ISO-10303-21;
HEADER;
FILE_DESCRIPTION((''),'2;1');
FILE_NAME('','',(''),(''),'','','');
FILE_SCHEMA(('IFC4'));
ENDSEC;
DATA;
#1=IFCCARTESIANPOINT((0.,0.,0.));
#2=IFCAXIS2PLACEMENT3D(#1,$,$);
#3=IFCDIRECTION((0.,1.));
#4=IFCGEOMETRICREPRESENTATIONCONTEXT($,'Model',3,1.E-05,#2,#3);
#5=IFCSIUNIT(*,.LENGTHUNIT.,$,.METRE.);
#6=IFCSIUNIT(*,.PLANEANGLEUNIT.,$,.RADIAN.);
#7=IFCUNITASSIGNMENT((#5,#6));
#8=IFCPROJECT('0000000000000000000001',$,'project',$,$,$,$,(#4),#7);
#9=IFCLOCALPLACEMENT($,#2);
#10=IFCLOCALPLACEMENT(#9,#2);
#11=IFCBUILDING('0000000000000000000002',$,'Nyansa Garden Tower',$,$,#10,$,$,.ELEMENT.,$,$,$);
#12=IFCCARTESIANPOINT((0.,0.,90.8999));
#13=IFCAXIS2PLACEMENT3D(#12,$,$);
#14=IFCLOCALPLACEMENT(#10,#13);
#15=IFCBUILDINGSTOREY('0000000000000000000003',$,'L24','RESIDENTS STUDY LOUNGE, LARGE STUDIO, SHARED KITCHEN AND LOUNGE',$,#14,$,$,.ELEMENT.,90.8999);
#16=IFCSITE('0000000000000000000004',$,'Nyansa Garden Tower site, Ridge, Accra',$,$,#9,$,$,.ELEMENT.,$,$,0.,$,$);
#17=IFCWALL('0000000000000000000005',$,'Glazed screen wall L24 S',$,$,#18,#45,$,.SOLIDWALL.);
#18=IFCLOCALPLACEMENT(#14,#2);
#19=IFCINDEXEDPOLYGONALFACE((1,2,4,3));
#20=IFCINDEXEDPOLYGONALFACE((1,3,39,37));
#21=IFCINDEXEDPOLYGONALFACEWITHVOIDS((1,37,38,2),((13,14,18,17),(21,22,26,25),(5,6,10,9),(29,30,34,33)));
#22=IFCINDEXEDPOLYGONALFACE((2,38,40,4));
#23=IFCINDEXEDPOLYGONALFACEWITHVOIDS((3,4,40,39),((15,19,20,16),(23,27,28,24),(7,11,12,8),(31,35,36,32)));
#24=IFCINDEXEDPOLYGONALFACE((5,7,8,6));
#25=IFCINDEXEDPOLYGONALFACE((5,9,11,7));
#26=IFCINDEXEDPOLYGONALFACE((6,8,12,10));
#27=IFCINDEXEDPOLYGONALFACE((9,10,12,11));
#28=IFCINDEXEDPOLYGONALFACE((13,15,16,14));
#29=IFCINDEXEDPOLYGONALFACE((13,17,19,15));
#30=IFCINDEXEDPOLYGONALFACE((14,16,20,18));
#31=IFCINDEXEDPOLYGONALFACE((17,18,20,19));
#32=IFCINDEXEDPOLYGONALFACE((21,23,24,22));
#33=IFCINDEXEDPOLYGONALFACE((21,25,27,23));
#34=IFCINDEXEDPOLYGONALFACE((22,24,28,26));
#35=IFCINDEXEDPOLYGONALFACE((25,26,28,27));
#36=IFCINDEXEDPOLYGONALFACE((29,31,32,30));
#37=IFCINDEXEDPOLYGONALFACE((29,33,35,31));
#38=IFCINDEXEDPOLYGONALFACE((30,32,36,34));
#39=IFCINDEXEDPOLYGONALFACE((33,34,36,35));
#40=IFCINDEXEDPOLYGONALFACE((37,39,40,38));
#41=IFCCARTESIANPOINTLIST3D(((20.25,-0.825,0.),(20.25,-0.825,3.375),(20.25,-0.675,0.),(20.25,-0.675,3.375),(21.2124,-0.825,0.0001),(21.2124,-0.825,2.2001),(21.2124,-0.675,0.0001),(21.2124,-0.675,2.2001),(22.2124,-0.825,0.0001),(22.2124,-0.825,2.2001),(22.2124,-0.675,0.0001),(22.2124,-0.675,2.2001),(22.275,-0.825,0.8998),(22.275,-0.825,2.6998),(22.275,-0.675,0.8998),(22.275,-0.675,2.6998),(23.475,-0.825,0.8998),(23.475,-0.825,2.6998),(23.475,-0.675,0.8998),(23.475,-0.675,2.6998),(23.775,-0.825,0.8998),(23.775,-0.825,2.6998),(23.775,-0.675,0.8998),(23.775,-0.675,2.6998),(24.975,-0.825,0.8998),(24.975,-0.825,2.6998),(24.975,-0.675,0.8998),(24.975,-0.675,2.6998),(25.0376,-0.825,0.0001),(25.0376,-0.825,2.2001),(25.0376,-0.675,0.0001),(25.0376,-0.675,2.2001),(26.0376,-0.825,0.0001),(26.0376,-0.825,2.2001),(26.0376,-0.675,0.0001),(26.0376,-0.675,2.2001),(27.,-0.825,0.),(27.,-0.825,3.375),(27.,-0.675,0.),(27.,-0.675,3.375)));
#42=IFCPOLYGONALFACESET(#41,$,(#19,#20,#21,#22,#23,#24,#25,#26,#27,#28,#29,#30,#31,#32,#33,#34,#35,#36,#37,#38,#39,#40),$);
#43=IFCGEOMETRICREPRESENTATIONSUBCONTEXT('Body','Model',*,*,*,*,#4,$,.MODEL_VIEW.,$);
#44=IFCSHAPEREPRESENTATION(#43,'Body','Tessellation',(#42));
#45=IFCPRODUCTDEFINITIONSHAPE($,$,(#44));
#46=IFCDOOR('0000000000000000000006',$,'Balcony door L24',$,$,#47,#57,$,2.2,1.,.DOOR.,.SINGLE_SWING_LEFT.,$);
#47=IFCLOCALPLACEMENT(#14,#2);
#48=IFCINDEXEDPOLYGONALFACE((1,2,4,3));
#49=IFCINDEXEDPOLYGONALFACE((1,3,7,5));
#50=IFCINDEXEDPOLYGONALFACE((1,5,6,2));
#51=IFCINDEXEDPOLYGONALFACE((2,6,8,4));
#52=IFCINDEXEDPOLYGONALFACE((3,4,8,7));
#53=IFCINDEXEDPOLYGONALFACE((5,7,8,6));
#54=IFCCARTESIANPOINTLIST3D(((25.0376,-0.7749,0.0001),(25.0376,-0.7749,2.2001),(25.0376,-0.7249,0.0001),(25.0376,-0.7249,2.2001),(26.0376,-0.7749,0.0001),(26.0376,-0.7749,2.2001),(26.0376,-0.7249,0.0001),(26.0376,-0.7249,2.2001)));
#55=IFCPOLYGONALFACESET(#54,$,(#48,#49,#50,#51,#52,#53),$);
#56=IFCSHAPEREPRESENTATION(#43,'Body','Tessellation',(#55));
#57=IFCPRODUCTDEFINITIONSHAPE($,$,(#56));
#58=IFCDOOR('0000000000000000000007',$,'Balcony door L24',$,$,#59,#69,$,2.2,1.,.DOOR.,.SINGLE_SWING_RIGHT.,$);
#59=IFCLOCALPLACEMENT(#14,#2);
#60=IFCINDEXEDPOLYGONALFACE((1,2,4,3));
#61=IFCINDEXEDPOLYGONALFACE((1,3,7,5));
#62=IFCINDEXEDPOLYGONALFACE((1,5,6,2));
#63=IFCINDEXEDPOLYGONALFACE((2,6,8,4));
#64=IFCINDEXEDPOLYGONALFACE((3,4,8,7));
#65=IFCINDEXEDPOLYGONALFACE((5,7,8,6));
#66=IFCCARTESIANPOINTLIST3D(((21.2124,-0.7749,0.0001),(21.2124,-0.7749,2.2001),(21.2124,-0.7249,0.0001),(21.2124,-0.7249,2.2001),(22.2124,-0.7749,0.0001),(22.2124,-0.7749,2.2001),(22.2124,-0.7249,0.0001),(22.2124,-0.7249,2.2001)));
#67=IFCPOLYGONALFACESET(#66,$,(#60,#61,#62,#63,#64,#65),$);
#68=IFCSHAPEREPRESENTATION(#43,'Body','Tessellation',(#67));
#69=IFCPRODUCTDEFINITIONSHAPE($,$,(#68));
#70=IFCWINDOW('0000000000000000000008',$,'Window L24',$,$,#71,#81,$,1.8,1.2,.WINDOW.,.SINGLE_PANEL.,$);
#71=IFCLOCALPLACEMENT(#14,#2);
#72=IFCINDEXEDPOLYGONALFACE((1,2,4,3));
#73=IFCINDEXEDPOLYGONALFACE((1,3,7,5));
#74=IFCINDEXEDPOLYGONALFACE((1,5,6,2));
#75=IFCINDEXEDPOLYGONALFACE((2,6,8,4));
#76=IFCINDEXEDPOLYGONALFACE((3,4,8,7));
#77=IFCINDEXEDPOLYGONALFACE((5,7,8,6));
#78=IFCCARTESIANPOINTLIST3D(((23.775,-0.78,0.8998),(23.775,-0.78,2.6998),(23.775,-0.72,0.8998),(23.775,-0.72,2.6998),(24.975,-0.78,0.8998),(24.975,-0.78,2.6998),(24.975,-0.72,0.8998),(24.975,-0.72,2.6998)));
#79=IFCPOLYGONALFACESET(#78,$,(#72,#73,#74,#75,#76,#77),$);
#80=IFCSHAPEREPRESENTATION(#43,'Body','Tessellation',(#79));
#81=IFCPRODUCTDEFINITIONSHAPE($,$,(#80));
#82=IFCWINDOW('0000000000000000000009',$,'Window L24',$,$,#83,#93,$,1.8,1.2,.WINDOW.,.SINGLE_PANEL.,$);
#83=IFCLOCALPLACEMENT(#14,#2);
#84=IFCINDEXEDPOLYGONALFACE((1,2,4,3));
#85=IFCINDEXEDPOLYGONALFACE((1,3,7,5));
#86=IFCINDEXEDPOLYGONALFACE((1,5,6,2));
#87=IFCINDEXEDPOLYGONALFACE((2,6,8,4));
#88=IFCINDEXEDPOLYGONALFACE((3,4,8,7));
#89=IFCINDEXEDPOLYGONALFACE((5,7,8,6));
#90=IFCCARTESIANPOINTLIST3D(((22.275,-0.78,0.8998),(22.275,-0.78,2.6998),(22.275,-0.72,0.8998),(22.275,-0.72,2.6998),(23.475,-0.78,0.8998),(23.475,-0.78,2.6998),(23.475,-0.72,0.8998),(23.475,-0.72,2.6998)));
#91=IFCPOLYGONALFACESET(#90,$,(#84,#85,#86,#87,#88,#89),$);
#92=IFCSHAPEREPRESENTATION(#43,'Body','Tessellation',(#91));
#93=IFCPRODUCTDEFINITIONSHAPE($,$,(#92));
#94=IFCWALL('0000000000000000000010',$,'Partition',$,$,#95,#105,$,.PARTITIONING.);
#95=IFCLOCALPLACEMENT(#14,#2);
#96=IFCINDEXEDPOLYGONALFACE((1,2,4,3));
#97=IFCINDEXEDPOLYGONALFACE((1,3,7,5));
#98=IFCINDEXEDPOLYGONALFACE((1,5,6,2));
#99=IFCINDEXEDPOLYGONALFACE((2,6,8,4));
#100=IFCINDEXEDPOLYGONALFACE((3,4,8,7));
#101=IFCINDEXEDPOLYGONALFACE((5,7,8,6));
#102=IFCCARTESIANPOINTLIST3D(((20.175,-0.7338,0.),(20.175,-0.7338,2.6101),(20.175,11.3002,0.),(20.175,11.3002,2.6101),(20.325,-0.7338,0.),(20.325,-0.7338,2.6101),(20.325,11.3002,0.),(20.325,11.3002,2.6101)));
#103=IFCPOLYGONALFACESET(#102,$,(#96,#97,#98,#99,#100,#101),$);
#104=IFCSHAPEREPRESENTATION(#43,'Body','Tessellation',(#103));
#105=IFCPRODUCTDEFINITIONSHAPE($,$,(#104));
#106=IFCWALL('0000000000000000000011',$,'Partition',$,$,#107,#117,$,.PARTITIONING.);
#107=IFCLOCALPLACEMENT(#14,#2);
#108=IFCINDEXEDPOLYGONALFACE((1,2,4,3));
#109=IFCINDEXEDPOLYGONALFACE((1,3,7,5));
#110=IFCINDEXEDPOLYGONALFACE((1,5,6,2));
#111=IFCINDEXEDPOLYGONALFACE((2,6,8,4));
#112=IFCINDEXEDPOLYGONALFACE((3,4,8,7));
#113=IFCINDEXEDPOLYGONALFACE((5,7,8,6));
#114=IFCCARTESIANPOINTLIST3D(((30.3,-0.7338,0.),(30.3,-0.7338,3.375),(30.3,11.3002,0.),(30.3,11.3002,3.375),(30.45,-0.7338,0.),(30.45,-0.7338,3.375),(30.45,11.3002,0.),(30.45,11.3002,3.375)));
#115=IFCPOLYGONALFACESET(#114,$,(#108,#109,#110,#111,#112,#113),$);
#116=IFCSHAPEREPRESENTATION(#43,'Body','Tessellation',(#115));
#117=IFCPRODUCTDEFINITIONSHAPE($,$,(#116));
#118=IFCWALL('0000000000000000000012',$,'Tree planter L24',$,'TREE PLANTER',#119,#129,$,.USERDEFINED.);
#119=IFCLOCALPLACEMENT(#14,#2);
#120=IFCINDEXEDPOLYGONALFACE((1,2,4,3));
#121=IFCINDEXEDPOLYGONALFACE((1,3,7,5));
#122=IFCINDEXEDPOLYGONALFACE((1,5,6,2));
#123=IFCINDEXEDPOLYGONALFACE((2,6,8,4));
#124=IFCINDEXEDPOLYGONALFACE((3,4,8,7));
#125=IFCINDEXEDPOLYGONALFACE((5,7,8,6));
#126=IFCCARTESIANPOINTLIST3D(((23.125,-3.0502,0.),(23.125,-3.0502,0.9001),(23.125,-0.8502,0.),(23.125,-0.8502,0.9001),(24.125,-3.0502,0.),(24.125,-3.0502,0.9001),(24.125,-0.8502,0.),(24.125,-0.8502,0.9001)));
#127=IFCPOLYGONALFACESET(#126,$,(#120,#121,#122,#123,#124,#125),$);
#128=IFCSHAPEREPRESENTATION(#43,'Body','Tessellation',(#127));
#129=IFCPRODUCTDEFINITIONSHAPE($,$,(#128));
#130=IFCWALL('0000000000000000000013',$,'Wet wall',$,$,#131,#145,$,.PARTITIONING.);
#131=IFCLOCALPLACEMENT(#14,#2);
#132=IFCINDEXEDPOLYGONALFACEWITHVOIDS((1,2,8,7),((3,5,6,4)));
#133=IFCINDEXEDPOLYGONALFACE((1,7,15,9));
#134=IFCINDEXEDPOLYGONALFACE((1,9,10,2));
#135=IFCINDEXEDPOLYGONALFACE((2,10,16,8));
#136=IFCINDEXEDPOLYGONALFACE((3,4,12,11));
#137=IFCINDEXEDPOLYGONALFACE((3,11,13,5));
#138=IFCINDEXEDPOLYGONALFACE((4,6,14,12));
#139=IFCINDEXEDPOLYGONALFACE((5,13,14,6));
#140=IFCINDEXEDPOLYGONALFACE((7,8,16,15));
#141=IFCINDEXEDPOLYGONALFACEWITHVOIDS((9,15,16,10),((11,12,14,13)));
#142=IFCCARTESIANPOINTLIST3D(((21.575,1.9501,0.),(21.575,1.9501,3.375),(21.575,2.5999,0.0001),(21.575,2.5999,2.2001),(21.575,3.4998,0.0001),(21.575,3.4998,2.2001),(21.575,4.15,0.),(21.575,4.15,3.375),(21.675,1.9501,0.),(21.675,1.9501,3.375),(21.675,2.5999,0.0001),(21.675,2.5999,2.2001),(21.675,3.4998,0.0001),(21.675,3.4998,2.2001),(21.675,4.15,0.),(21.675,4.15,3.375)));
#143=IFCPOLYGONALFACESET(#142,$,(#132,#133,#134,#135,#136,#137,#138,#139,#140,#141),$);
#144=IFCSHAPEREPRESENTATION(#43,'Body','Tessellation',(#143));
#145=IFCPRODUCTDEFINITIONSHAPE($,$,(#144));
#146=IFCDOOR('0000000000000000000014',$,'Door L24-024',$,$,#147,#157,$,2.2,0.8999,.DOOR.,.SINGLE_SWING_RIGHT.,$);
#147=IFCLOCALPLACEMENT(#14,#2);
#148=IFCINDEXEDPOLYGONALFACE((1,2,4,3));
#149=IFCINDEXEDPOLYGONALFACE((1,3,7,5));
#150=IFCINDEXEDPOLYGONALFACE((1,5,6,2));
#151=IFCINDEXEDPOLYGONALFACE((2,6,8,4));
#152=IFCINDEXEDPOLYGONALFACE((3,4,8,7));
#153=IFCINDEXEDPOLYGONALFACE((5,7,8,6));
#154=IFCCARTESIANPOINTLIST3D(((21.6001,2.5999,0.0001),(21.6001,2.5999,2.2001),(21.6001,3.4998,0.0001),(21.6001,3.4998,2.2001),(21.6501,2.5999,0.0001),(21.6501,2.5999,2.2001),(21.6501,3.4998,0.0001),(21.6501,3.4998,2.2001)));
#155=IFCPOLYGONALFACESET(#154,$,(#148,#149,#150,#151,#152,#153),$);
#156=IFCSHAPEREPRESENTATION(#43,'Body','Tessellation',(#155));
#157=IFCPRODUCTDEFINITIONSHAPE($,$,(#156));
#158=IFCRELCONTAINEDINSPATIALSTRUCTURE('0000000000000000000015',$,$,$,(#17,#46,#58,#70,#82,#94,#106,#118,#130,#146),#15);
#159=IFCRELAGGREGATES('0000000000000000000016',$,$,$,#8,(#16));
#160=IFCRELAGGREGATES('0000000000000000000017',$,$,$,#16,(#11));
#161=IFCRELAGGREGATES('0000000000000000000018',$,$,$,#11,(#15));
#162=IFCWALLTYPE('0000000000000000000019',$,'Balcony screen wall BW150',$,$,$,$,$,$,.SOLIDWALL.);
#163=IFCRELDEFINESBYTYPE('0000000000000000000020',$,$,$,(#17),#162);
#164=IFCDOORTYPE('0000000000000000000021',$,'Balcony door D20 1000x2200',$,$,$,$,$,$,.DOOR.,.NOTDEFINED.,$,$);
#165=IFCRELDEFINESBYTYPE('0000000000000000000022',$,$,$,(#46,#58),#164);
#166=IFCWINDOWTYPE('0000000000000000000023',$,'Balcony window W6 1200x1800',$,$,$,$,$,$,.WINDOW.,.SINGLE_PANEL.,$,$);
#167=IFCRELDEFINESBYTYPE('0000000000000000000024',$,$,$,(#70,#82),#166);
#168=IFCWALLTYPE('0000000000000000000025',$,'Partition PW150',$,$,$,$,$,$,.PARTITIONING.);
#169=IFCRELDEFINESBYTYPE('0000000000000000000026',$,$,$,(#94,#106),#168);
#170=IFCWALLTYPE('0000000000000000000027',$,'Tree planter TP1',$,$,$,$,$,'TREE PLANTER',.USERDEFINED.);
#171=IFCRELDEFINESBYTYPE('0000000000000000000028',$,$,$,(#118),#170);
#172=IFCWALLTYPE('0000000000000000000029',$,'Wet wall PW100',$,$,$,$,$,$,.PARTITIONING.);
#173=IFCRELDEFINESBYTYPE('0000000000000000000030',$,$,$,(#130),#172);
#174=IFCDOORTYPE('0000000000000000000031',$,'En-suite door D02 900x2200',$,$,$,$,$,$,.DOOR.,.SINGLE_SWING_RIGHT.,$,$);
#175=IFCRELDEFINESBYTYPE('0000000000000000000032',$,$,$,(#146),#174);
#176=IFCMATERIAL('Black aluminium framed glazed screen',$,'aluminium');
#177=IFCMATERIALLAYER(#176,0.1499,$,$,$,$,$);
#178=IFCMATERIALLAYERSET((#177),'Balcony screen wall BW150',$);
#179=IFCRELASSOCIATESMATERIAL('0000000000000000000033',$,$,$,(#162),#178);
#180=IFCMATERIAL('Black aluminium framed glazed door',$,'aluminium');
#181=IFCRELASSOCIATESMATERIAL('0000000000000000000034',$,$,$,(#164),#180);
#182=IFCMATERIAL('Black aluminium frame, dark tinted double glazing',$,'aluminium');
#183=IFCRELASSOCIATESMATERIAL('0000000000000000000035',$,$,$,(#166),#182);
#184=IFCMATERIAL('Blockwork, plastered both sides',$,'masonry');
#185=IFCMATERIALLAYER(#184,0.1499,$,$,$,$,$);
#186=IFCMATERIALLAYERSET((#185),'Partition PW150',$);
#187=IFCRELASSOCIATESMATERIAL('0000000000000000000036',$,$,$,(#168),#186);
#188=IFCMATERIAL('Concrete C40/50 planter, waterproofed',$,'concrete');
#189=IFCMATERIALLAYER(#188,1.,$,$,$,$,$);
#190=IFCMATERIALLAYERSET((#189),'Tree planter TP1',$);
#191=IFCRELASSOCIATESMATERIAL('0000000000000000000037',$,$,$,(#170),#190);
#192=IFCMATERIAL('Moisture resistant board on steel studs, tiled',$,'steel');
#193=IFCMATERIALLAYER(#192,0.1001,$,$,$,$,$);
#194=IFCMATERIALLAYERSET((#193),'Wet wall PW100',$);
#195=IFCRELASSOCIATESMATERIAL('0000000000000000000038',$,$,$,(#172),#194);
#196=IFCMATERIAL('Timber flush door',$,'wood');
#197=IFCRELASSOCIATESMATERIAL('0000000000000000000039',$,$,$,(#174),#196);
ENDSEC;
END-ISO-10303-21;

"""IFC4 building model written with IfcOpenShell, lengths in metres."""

from ifc_helpers import new_model, si_unit, direction, frame, frame_2d, origin, place, context, subcontext, project, spatial, rectangle, extrude, material, layer, layer_set, type_object, element, fill, save


model = new_model("IFC4")

# Units and contexts
model_context = context("Model", 3, precision=1e-05, world=origin(), true_north=direction((0.0, 1.0)))
body_context = subcontext(model_context, "Body", "Model", "MODEL_VIEW")
ifc_project = project(units=[si_unit("LENGTHUNIT", "METRE"), si_unit("PLANEANGLEUNIT", "RADIAN")], contexts=[model_context])

# Site, building, storey
site_placement = place(None, origin())
site = spatial("IfcSite", under=ifc_project, at=site_placement, Name="Nyansa Garden Tower site, Ridge, Accra", CompositionType="ELEMENT", RefElevation=0.0)
building_placement = place(site_placement, origin())
building = spatial("IfcBuilding", under=site, at=building_placement, Name="Nyansa Garden Tower", CompositionType="ELEMENT")
storey_placement = place(building_placement, frame((0.0, 0.0, 90.8999)))
storey = spatial("IfcBuildingStorey", under=building, at=storey_placement, Name="L24", Description="RESIDENTS STUDY LOUNGE, LARGE STUDIO, SHARED KITCHEN AND LOUNGE", CompositionType="ELEMENT", Elevation=90.8999)

# Wall, openings, doors, windows
ifc_material_1 = material(Name="Black aluminium framed glazed screen", Category="aluminium")
ifc_layer_1 = layer(ifc_material_1, 0.1499)
ifc_layer_set_1 = layer_set([ifc_layer_1], Name="Balcony screen wall BW150")
wall_type_1 = type_object("IfcWallType", Name="Balcony screen wall BW150", PredefinedType="SOLIDWALL", material=ifc_layer_set_1)
wall_1_placement = place(storey_placement, frame((27.0, -0.75, 0.0), z_axis=(0.0, 0.0, 1.0), x_axis=(-1.0, 0.0, 0.0)))
wall_1 = element("IfcWall", 1, at=wall_1_placement, inside=storey, type_object=wall_type_1, Name="Glazed screen wall L24 S", PredefinedType="SOLIDWALL", context=body_context, shape_type="SweptSolid", body=[
    extrude(rectangle(XDim=6.75, YDim=0.1499, at=frame_2d((3.375, 0.0))), origin(), (0.0, 0.0, 1.0), 3.375),
])
opening_1_placement = place(wall_1_placement, frame((0.9624, 0.0, 0.0)))
opening_1 = element("IfcOpeningElement", 2, at=opening_1_placement, cuts=wall_1, PredefinedType="OPENING", context=body_context, shape_type="SweptSolid", body=[
    extrude(rectangle(XDim=1.0, YDim=2.2, at=frame_2d((0.5, 1.1001))), frame((0.0, 0.085, 0.0), z_axis=(0.0, -1.0, 0.0), x_axis=(1.0, 0.0, 0.0)), (0.0, 0.0, 1.0), 0.1699),
])
opening_2_placement = place(wall_1_placement, frame((2.0249, 0.0, 0.8999)))
opening_2 = element("IfcOpeningElement", 3, at=opening_2_placement, cuts=wall_1, PredefinedType="OPENING", context=body_context, shape_type="SweptSolid", body=[
    extrude(rectangle(XDim=1.2, YDim=1.8, at=frame_2d((0.6001, 0.8999))), frame((0.0, 0.085, 0.0), z_axis=(0.0, -1.0, 0.0), x_axis=(1.0, 0.0, 0.0)), (0.0, 0.0, 1.0), 0.1699),
])
opening_3_placement = place(wall_1_placement, frame((4.7876, 0.0, 0.0)))
opening_3 = element("IfcOpeningElement", 4, at=opening_3_placement, cuts=wall_1, PredefinedType="OPENING", context=body_context, shape_type="SweptSolid", body=[
    extrude(rectangle(XDim=1.0, YDim=2.2, at=frame_2d((0.5, 1.1001))), frame((0.0, 0.085, 0.0), z_axis=(0.0, -1.0, 0.0), x_axis=(1.0, 0.0, 0.0)), (0.0, 0.0, 1.0), 0.1699),
])
opening_4_placement = place(wall_1_placement, frame((3.5249, 0.0, 0.8999)))
opening_4 = element("IfcOpeningElement", 5, at=opening_4_placement, cuts=wall_1, PredefinedType="OPENING", context=body_context, shape_type="SweptSolid", body=[
    extrude(rectangle(XDim=1.2, YDim=1.8, at=frame_2d((0.6001, 0.8999))), frame((0.0, 0.085, 0.0), z_axis=(0.0, -1.0, 0.0), x_axis=(1.0, 0.0, 0.0)), (0.0, 0.0, 1.0), 0.1699),
])
ifc_material_2 = material(Name="Black aluminium framed glazed door", Category="aluminium")
door_type_1 = type_object("IfcDoorType", Name="Balcony door D20 1000x2200", OperationType="NOTDEFINED", PredefinedType="DOOR", material=ifc_material_2)
door_1_placement = place(opening_1_placement, origin())
door_1 = element("IfcDoor", 6, at=door_1_placement, inside=storey, type_object=door_type_1, Name="Balcony door L24", OperationType="SINGLE_SWING_LEFT", OverallHeight=2.2, OverallWidth=1.0, PredefinedType="DOOR", context=body_context, shape_type="SweptSolid", body=[
    extrude(rectangle(XDim=1.0, YDim=2.2, at=frame_2d((0.5, 1.1001))), frame((0.0, 0.0249, 0.0), z_axis=(0.0, -1.0, 0.0), x_axis=(1.0, 0.0, 0.0)), (0.0, 0.0, 1.0), 0.05),
])
fill(opening_1, door_1)
door_2_placement = place(opening_3_placement, origin())
door_2 = element("IfcDoor", 7, at=door_2_placement, inside=storey, type_object=door_type_1, Name="Balcony door L24", OperationType="SINGLE_SWING_RIGHT", OverallHeight=2.2, OverallWidth=1.0, PredefinedType="DOOR", context=body_context, shape_type="SweptSolid", body=[
    extrude(rectangle(XDim=1.0, YDim=2.2, at=frame_2d((0.5, 1.1001))), frame((0.0, 0.0249, 0.0), z_axis=(0.0, -1.0, 0.0), x_axis=(1.0, 0.0, 0.0)), (0.0, 0.0, 1.0), 0.05),
])
fill(opening_3, door_2)
ifc_material_3 = material(Name="Black aluminium frame, dark tinted double glazing", Category="aluminium")
window_type = type_object("IfcWindowType", Name="Balcony window W6 1200x1800", PartitioningType="SINGLE_PANEL", PredefinedType="WINDOW", material=ifc_material_3)
window_1_placement = place(opening_2_placement, origin())
window_1 = element("IfcWindow", 8, at=window_1_placement, inside=storey, type_object=window_type, Name="Window L24", OverallHeight=1.8, OverallWidth=1.2, PartitioningType="SINGLE_PANEL", PredefinedType="WINDOW", context=body_context, shape_type="SweptSolid", body=[
    extrude(rectangle(XDim=1.2, YDim=1.8, at=frame_2d((0.6001, 0.8999))), frame((0.0, 0.03, 0.0), z_axis=(0.0, -1.0, 0.0), x_axis=(1.0, 0.0, 0.0)), (0.0, 0.0, 1.0), 0.0601),
])
fill(opening_2, window_1)
window_2_placement = place(opening_4_placement, origin())
window_2 = element("IfcWindow", 9, at=window_2_placement, inside=storey, type_object=window_type, Name="Window L24", OverallHeight=1.8, OverallWidth=1.2, PartitioningType="SINGLE_PANEL", PredefinedType="WINDOW", context=body_context, shape_type="SweptSolid", body=[
    extrude(rectangle(XDim=1.2, YDim=1.8, at=frame_2d((0.6001, 0.8999))), frame((0.0, 0.03, 0.0), z_axis=(0.0, -1.0, 0.0), x_axis=(1.0, 0.0, 0.0)), (0.0, 0.0, 1.0), 0.0601),
])
fill(opening_4, window_2)

# Walls
ifc_material_4 = material(Name="Blockwork, plastered both sides", Category="masonry")
ifc_layer_2 = layer(ifc_material_4, 0.1499)
ifc_layer_set_2 = layer_set([ifc_layer_2], Name="Partition PW150")
wall_type_2 = type_object("IfcWallType", Name="Partition PW150", PredefinedType="PARTITIONING", material=ifc_layer_set_2)
wall_2_placement = place(storey_placement, frame((20.25, -0.7339, 0.0), z_axis=(0.0, 0.0, 1.0), x_axis=(0.0, 1.0, 0.0)))
element("IfcWall", 10, at=wall_2_placement, inside=storey, type_object=wall_type_2, Name="Partition", PredefinedType="PARTITIONING", context=body_context, shape_type="SweptSolid", body=[
    extrude(rectangle(XDim=12.0339, YDim=0.1499, at=frame_2d((6.0171, 0.0))), origin(), (0.0, 0.0, 1.0), 2.6101),
])
wall_3_placement = place(storey_placement, frame((30.375, -0.7339, 0.0), z_axis=(0.0, 0.0, 1.0), x_axis=(0.0, 1.0, 0.0)))
element("IfcWall", 11, at=wall_3_placement, inside=storey, type_object=wall_type_2, Name="Partition", PredefinedType="PARTITIONING", context=body_context, shape_type="SweptSolid", body=[
    extrude(rectangle(XDim=12.0339, YDim=0.1499, at=frame_2d((6.0171, 0.0))), origin(), (0.0, 0.0, 1.0), 3.375),
])
ifc_material_5 = material(Name="Concrete C40/50 planter, waterproofed", Category="concrete")
ifc_layer_3 = layer(ifc_material_5, 1.0)
ifc_layer_set_3 = layer_set([ifc_layer_3], Name="Tree planter TP1")
wall_type_3 = type_object("IfcWallType", Name="Tree planter TP1", ElementType="TREE PLANTER", PredefinedType="USERDEFINED", material=ifc_layer_set_3)
wall_4_placement = place(storey_placement, frame((23.625, -0.8501, 0.0), z_axis=(0.0, 0.0, 1.0), x_axis=(0.0, -1.0, 0.0)))
element("IfcWall", 12, at=wall_4_placement, inside=storey, type_object=wall_type_3, Name="Tree planter L24", ObjectType="TREE PLANTER", PredefinedType="USERDEFINED", context=body_context, shape_type="SweptSolid", body=[
    extrude(rectangle(XDim=2.2, YDim=1.0, at=frame_2d((1.1001, 0.0))), origin(), (0.0, 0.0, 1.0), 0.9001),
])

# Wall, opening, door
ifc_material_6 = material(Name="Moisture resistant board on steel studs, tiled", Category="steel")
ifc_layer_4 = layer(ifc_material_6, 0.1001)
ifc_layer_set_4 = layer_set([ifc_layer_4], Name="Wet wall PW100")
wall_type_4 = type_object("IfcWallType", Name="Wet wall PW100", PredefinedType="PARTITIONING", material=ifc_layer_set_4)
wall_5_placement = place(storey_placement, frame((21.625, 1.95, 0.0), z_axis=(0.0, 0.0, 1.0), x_axis=(0.0, 1.0, 0.0)))
wall_5 = element("IfcWall", 13, at=wall_5_placement, inside=storey, type_object=wall_type_4, Name="Wet wall", PredefinedType="PARTITIONING", context=body_context, shape_type="SweptSolid", body=[
    extrude(rectangle(XDim=2.2, YDim=0.1001, at=frame_2d((1.1001, 0.0))), origin(), (0.0, 0.0, 1.0), 3.375),
])
opening_5_placement = place(wall_5_placement, frame((0.6499, 0.0, 0.0)))
opening_5 = element("IfcOpeningElement", 14, at=opening_5_placement, cuts=wall_5, PredefinedType="OPENING", context=body_context, shape_type="SweptSolid", body=[
    extrude(rectangle(XDim=0.8999, YDim=2.2, at=frame_2d((0.45, 1.1001))), frame((0.0, 0.0601, 0.0), z_axis=(0.0, -1.0, 0.0), x_axis=(1.0, 0.0, 0.0)), (0.0, 0.0, 1.0), 0.1201),
])
ifc_material_7 = material(Name="Timber flush door", Category="wood")
door_type_2 = type_object("IfcDoorType", Name="En-suite door D02 900x2200", OperationType="SINGLE_SWING_RIGHT", PredefinedType="DOOR", material=ifc_material_7)
door_3_placement = place(opening_5_placement, origin())
door_3 = element("IfcDoor", 15, at=door_3_placement, inside=storey, type_object=door_type_2, Name="Door L24-024", OperationType="SINGLE_SWING_RIGHT", OverallHeight=2.2, OverallWidth=0.8999, PredefinedType="DOOR", context=body_context, shape_type="SweptSolid", body=[
    extrude(rectangle(XDim=0.8999, YDim=2.2, at=frame_2d((0.45, 1.1001))), frame((0.0, 0.0249, 0.0), z_axis=(0.0, -1.0, 0.0), x_axis=(1.0, 0.0, 0.0)), (0.0, 0.0, 1.0), 0.05),
])
fill(opening_5, door_3)

save(model, "model.ifc")
